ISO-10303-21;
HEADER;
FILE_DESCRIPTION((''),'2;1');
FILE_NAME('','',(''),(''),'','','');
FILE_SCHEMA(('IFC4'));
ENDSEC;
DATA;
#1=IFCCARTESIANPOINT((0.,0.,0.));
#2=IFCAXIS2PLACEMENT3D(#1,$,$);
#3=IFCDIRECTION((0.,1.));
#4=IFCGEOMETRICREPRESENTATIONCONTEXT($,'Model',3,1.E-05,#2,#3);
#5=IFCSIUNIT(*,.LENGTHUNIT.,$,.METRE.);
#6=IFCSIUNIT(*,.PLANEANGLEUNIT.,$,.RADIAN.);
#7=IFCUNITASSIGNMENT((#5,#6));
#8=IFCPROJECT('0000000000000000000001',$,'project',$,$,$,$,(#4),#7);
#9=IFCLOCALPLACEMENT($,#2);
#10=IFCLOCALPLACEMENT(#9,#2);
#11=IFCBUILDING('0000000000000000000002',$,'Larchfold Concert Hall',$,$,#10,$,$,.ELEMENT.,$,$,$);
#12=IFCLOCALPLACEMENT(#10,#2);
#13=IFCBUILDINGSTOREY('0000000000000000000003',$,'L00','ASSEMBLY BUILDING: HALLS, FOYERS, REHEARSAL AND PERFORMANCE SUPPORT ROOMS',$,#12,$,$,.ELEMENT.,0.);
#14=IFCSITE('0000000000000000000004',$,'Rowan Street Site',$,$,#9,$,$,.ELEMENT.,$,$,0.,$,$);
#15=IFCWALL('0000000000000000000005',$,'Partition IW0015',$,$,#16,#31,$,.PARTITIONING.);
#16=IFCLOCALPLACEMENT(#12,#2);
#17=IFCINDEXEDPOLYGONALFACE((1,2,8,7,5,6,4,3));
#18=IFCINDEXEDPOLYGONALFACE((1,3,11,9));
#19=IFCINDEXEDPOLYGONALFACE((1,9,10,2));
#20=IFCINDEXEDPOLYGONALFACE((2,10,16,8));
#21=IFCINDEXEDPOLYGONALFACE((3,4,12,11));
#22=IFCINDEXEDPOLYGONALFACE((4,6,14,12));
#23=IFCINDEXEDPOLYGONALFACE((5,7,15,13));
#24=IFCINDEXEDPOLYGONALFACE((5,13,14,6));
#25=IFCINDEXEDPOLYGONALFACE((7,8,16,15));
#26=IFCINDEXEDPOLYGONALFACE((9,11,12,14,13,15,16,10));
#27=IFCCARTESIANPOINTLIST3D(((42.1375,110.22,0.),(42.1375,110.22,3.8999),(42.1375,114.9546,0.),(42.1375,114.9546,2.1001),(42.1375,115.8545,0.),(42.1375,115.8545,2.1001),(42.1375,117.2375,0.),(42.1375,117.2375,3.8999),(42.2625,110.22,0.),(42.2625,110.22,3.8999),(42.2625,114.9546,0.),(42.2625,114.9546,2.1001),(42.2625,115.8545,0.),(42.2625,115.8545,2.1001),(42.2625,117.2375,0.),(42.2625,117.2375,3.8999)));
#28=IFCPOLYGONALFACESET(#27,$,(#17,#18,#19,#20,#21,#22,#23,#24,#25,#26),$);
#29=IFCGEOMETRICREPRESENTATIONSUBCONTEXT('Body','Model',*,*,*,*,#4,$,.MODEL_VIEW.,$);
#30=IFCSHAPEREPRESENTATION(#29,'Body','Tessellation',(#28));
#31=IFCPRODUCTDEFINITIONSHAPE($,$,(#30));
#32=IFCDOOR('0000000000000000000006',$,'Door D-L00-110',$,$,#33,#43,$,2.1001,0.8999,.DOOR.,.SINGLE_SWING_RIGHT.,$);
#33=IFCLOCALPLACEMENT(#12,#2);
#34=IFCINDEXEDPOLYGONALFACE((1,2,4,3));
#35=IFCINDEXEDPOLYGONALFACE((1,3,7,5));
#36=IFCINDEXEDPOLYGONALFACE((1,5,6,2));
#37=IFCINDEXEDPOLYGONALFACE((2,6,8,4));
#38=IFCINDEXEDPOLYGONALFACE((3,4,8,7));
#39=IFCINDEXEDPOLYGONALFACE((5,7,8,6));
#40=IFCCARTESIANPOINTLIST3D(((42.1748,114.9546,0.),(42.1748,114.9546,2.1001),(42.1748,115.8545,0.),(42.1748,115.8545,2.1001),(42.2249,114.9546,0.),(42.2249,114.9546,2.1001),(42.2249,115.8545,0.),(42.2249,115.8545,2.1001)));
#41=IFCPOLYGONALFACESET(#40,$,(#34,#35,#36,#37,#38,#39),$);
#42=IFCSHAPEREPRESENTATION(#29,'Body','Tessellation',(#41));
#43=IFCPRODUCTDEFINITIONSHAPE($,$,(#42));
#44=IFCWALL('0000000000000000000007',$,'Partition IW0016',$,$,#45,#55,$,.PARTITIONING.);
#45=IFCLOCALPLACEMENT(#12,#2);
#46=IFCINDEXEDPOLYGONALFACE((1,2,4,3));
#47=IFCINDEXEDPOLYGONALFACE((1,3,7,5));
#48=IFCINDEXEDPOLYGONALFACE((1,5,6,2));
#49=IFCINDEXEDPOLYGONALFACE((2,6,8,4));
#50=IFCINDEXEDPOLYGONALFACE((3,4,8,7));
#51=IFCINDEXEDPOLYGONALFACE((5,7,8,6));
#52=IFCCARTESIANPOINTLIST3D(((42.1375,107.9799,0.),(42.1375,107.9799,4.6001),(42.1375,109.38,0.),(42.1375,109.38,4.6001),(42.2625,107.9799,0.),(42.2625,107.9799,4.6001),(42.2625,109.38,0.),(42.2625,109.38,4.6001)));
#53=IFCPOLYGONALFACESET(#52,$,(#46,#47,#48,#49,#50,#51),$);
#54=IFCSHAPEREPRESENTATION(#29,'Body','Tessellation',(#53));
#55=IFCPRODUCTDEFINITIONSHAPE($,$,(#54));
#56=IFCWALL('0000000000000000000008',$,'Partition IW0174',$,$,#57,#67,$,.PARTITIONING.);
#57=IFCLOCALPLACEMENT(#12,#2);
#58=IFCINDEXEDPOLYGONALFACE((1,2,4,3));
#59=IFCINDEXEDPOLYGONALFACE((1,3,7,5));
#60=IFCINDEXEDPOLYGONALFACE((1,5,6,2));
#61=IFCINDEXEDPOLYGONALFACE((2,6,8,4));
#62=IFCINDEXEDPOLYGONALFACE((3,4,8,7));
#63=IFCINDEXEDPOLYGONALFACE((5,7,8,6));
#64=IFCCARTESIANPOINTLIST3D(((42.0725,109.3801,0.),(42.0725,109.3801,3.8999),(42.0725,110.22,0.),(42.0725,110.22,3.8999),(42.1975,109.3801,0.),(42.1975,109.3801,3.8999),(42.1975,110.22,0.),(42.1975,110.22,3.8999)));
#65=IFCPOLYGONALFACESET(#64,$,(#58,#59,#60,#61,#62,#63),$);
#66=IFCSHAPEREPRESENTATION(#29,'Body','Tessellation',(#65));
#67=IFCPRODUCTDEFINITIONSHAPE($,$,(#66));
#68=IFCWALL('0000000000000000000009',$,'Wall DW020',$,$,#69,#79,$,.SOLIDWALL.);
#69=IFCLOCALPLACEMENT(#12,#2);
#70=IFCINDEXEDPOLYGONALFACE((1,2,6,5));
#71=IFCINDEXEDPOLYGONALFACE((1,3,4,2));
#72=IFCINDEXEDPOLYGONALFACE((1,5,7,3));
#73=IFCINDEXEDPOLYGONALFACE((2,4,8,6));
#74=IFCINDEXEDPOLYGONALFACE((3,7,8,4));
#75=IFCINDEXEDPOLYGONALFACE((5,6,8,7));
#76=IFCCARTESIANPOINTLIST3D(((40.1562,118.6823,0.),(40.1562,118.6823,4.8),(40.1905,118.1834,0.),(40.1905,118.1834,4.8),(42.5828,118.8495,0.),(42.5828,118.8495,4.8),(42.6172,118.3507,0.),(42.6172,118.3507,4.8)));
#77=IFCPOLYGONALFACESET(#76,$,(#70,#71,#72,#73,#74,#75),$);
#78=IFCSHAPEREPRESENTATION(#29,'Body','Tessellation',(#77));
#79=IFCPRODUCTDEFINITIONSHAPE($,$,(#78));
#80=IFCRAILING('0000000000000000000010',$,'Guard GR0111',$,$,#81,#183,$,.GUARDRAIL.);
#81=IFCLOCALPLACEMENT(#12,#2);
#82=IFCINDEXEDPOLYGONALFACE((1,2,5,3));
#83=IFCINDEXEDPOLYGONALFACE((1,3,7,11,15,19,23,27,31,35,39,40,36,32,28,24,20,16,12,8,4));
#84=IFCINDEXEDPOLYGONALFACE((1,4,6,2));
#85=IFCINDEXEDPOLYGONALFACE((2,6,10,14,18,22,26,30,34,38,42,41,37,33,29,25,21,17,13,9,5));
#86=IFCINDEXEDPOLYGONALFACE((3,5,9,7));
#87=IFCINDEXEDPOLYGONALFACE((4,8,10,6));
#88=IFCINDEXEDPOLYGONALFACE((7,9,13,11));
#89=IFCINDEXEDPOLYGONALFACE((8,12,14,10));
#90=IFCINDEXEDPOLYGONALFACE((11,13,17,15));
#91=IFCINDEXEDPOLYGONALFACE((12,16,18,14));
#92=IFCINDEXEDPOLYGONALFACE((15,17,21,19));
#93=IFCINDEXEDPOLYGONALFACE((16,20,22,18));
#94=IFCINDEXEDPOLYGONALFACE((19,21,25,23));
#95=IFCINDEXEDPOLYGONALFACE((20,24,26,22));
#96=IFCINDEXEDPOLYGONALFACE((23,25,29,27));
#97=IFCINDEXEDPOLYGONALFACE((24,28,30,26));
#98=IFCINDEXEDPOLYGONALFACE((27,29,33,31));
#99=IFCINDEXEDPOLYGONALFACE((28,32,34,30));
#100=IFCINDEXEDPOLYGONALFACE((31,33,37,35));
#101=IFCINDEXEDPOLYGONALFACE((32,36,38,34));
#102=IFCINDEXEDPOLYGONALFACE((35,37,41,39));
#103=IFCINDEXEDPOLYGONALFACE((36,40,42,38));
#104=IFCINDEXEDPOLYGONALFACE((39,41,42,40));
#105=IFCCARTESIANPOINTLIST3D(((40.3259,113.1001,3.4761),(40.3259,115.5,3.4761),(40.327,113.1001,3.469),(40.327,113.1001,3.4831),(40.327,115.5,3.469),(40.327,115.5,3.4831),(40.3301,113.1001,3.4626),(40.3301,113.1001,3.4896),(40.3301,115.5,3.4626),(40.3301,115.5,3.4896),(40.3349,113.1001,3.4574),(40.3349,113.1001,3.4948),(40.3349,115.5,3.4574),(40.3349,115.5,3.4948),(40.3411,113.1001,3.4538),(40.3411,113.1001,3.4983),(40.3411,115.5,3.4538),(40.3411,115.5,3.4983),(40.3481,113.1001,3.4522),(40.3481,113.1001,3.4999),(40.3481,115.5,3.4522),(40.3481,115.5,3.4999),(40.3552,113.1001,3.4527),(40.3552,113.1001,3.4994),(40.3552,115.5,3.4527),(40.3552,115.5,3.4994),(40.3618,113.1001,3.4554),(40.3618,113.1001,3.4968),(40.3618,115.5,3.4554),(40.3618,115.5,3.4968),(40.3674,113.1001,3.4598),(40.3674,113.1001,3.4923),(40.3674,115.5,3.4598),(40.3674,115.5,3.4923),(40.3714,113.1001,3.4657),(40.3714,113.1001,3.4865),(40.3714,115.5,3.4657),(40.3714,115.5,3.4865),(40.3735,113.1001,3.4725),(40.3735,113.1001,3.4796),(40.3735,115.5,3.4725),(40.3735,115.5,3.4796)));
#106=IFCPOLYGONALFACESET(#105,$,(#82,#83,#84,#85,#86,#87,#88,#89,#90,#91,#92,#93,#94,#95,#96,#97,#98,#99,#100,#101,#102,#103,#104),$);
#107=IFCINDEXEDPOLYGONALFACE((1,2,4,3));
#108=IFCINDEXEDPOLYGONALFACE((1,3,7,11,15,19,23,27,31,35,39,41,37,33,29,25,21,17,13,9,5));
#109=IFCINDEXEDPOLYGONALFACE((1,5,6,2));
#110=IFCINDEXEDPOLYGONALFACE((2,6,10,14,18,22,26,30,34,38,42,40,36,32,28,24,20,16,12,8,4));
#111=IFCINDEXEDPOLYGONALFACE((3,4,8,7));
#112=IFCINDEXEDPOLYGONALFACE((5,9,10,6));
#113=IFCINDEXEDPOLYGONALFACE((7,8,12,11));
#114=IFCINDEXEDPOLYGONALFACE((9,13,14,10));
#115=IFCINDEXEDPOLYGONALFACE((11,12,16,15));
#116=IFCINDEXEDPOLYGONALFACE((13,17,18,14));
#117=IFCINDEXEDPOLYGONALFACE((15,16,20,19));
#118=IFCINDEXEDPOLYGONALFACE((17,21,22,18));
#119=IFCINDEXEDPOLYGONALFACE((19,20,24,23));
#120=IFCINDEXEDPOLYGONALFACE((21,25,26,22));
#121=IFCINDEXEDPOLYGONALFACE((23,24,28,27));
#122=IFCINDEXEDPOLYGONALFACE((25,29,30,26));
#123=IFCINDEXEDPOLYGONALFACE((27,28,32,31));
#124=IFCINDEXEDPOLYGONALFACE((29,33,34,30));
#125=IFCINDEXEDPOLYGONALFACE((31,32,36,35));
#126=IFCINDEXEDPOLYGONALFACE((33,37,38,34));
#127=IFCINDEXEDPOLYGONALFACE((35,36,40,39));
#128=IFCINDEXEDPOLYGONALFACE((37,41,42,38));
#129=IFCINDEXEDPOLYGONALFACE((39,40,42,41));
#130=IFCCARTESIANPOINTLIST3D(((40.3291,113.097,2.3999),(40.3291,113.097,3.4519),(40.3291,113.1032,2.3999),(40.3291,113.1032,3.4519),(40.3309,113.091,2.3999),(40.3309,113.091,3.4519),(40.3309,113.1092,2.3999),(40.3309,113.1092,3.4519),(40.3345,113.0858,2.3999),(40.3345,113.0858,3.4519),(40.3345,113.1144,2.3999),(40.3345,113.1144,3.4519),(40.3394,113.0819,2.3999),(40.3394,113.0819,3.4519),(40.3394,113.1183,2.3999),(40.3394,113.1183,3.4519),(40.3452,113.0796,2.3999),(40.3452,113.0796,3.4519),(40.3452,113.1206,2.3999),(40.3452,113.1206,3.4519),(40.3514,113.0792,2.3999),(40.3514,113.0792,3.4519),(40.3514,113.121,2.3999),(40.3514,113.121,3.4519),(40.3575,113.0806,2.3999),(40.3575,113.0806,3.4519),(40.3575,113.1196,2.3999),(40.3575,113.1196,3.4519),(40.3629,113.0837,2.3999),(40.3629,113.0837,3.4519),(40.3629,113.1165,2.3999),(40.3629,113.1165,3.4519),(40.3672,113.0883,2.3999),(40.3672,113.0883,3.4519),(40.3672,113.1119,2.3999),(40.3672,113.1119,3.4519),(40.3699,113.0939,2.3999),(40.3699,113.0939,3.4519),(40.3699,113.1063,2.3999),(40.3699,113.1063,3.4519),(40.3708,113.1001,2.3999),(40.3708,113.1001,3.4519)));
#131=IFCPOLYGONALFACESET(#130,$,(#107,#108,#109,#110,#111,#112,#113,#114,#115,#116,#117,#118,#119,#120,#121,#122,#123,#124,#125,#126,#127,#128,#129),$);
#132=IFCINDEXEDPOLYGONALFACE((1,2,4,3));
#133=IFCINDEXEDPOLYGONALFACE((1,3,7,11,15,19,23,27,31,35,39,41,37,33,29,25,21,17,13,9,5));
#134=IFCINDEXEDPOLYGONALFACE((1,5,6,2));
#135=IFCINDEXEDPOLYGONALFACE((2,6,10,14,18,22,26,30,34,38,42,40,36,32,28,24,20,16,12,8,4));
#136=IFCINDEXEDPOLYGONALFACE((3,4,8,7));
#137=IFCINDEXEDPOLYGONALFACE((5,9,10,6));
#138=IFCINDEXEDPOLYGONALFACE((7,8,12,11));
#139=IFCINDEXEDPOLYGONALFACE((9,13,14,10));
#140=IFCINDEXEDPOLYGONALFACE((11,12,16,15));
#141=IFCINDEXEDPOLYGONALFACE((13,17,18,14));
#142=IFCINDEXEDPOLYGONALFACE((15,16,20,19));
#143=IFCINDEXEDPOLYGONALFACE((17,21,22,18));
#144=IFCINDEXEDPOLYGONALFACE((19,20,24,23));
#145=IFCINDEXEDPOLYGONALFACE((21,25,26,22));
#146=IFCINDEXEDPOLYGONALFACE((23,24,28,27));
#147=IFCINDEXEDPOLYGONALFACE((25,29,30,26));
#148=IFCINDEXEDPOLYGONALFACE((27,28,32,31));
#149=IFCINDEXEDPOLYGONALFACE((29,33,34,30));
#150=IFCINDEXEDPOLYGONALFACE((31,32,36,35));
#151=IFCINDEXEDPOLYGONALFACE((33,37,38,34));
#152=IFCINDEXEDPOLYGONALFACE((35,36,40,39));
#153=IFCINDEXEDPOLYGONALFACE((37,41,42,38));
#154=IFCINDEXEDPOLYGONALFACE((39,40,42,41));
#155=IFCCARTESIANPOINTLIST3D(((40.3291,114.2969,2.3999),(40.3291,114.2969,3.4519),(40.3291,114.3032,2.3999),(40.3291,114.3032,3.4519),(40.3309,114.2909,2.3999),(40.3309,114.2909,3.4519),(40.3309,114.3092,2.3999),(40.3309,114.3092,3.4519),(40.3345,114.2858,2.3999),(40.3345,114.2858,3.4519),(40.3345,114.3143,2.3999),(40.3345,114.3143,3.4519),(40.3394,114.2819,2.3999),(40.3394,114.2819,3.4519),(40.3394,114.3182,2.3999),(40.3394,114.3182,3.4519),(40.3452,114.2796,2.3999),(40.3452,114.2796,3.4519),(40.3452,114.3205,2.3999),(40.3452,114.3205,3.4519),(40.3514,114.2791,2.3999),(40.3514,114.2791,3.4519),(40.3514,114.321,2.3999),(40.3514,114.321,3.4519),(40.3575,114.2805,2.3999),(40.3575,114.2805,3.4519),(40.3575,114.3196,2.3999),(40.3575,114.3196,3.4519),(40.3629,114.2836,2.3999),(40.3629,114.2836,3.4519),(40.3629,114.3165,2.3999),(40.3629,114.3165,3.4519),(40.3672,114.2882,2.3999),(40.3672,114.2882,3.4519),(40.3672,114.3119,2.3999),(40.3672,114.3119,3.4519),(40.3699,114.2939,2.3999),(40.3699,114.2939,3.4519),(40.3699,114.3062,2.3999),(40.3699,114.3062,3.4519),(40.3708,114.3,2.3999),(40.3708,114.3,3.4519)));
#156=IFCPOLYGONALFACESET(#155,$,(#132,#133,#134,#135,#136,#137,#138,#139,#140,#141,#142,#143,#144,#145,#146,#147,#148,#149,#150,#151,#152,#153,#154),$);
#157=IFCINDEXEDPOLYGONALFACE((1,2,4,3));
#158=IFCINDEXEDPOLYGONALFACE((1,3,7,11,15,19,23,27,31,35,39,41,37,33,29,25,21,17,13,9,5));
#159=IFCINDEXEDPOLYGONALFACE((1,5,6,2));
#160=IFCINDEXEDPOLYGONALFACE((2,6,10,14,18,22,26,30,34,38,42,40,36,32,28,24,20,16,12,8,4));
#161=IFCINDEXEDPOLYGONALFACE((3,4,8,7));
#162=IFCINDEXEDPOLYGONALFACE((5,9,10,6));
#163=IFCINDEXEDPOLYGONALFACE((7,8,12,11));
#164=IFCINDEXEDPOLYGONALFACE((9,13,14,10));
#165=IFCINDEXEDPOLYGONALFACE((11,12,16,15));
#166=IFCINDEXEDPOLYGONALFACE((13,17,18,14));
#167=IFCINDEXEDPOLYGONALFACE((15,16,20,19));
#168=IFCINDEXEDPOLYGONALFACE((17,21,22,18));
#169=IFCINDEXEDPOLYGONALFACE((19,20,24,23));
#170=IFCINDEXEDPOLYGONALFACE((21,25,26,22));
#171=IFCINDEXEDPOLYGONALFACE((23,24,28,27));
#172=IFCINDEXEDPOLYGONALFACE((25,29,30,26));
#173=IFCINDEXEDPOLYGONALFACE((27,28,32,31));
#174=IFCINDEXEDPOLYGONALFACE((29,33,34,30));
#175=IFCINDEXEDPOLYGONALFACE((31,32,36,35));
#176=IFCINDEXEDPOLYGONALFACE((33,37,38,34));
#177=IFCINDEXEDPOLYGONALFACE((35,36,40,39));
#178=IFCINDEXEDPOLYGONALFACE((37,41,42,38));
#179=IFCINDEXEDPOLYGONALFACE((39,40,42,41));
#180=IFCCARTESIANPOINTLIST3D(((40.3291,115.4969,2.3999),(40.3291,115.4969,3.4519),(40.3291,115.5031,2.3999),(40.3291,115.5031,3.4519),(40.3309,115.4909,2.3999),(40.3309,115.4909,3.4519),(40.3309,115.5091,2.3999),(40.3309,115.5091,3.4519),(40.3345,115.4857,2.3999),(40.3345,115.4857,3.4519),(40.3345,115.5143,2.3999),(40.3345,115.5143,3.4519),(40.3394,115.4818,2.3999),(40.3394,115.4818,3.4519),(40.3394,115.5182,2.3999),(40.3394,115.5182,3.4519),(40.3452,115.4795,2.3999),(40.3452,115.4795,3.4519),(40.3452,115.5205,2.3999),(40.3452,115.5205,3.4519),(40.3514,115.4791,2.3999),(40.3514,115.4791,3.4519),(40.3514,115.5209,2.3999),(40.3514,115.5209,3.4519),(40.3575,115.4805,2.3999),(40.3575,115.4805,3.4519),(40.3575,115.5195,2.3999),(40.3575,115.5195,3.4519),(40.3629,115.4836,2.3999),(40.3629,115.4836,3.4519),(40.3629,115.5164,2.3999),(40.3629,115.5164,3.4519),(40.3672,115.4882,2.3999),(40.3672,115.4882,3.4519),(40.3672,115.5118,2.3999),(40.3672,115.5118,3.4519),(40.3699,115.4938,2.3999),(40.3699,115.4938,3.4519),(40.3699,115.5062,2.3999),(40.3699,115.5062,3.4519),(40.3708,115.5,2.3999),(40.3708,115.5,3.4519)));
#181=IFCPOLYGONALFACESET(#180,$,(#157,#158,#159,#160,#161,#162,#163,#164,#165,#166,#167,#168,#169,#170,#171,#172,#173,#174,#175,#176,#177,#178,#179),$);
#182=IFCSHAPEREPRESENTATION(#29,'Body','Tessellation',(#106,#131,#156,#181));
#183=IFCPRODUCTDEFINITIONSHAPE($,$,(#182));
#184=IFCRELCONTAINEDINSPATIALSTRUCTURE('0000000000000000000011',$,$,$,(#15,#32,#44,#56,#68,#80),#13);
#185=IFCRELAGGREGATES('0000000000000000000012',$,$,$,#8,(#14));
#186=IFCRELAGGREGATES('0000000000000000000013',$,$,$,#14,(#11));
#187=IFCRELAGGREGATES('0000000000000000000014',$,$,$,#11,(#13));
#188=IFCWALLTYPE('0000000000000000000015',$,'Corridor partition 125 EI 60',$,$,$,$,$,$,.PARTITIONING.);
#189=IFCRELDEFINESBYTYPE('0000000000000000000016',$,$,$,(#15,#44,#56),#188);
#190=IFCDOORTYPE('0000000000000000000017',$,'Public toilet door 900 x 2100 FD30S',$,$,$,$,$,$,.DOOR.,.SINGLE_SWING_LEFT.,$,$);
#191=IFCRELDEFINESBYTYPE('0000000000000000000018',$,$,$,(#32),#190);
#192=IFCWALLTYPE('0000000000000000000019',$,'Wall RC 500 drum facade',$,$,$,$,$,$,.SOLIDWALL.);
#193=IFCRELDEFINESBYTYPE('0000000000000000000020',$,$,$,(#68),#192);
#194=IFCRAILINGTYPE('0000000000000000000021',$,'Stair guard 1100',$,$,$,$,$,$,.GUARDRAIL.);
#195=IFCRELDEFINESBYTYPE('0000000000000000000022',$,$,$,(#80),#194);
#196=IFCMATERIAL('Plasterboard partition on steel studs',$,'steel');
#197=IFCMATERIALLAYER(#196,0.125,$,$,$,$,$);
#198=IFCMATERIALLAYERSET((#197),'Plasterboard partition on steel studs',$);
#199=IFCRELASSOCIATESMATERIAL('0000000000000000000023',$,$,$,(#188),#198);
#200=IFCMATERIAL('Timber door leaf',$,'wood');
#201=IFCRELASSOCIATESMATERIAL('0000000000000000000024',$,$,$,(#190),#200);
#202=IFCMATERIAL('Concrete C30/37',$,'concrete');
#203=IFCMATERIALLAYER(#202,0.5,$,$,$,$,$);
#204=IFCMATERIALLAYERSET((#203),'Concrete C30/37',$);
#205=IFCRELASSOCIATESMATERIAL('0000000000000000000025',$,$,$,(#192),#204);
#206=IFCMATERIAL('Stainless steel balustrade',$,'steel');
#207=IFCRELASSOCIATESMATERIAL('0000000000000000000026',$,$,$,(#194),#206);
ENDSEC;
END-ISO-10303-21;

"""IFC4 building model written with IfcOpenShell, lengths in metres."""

from ifc_helpers import new_model, si_unit, direction, frame, frame_2d, origin, origin_2d, place, context, subcontext, project, spatial, rectangle, circle, extrude, material, layer, layer_set, type_object, element, fill, save


model = new_model("IFC4")

# Units and contexts
model_context = context("Model", 3, precision=1e-05, world=origin(), true_north=direction((0.0, 1.0)))
body_context = subcontext(model_context, "Body", "Model", "MODEL_VIEW")
ifc_project = project(units=[si_unit("LENGTHUNIT", "METRE"), si_unit("PLANEANGLEUNIT", "RADIAN")], contexts=[model_context])

# Site, building, storey
site_placement = place(None, origin())
site = spatial("IfcSite", under=ifc_project, at=site_placement, Name="Rowan Street Site", CompositionType="ELEMENT", RefElevation=0.0)
building_placement = place(site_placement, origin())
building = spatial("IfcBuilding", under=site, at=building_placement, Name="Larchfold Concert Hall", CompositionType="ELEMENT")
storey_placement = place(building_placement, origin())
storey = spatial("IfcBuildingStorey", under=building, at=storey_placement, Name="L00", Description="ASSEMBLY BUILDING: HALLS, FOYERS, REHEARSAL AND PERFORMANCE SUPPORT ROOMS", CompositionType="ELEMENT", Elevation=0.0)

# Wall, opening, door
ifc_material_1 = material(Name="Plasterboard partition on steel studs", Category="steel")
ifc_layer_1 = layer(ifc_material_1, 0.125)
ifc_layer_set_1 = layer_set([ifc_layer_1], Name="Plasterboard partition on steel studs")
wall_type_1 = type_object("IfcWallType", Name="Corridor partition 125 EI 60", PredefinedType="PARTITIONING", material=ifc_layer_set_1)
wall_1_placement = place(storey_placement, frame((42.2, 117.2375, 0.0), z_axis=(0.0, 0.0, 1.0), x_axis=(0.0, -1.0, 0.0)))
wall_1 = element("IfcWall", 1, at=wall_1_placement, inside=storey, type_object=wall_type_1, Name="Partition IW0015", PredefinedType="PARTITIONING", context=body_context, shape_type="SweptSolid", body=[
    extrude(rectangle(XDim=7.0176, YDim=0.125, at=frame_2d((3.5088, 0.0))), origin(), (0.0, 0.0, 1.0), 3.8999),
])
opening_placement = place(wall_1_placement, frame((1.3831, 0.0, 0.0)))
opening = element("IfcOpeningElement", 2, at=opening_placement, cuts=wall_1, PredefinedType="OPENING", context=body_context, shape_type="SweptSolid", body=[
    extrude(rectangle(XDim=0.8999, YDim=2.1001, at=frame_2d((0.45, 1.05))), frame((0.0, 0.0725, 0.0), z_axis=(0.0, -1.0, 0.0), x_axis=(1.0, 0.0, 0.0)), (0.0, 0.0, 1.0), 0.145),
])
ifc_material_2 = material(Name="Timber door leaf", Category="wood")
door_type = type_object("IfcDoorType", Name="Public toilet door 900 x 2100 FD30S", OperationType="SINGLE_SWING_LEFT", PredefinedType="DOOR", material=ifc_material_2)
door_placement = place(opening_placement, origin())
door = element("IfcDoor", 3, at=door_placement, inside=storey, type_object=door_type, Name="Door D-L00-110", OperationType="SINGLE_SWING_RIGHT", OverallHeight=2.1001, OverallWidth=0.8999, PredefinedType="DOOR", context=body_context, shape_type="SweptSolid", body=[
    extrude(rectangle(XDim=0.8999, YDim=2.1001, at=frame_2d((0.45, 1.05))), frame((0.0, 0.0249, 0.0), z_axis=(0.0, -1.0, 0.0), x_axis=(1.0, 0.0, 0.0)), (0.0, 0.0, 1.0), 0.05),
])
fill(opening, door)

# Walls
wall_2_placement = place(storey_placement, frame((42.2, 109.3801, 0.0), z_axis=(0.0, 0.0, 1.0), x_axis=(0.0, -1.0, 0.0)))
element("IfcWall", 4, at=wall_2_placement, inside=storey, type_object=wall_type_1, Name="Partition IW0016", PredefinedType="PARTITIONING", context=body_context, shape_type="SweptSolid", body=[
    extrude(rectangle(XDim=1.4001, YDim=0.125, at=frame_2d((0.7002, 0.0))), origin(), (0.0, 0.0, 1.0), 4.6001),
])
wall_3_placement = place(storey_placement, frame((42.135, 110.22, 0.0), z_axis=(0.0, 0.0, 1.0), x_axis=(0.0, -1.0, 0.0)))
element("IfcWall", 5, at=wall_3_placement, inside=storey, type_object=wall_type_1, Name="Partition IW0174", PredefinedType="PARTITIONING", context=body_context, shape_type="SweptSolid", body=[
    extrude(rectangle(XDim=0.8398, YDim=0.125, at=frame_2d((0.4199, 0.0))), origin(), (0.0, 0.0, 1.0), 3.8999),
])
ifc_material_3 = material(Name="Concrete C30/37", Category="concrete")
ifc_layer_2 = layer(ifc_material_3, 0.5)
ifc_layer_set_2 = layer_set([ifc_layer_2], Name="Concrete C30/37")
wall_type_2 = type_object("IfcWallType", Name="Wall RC 500 drum facade", PredefinedType="SOLIDWALL", material=ifc_layer_set_2)
wall_4_placement = place(storey_placement, frame((42.6001, 118.6001, 0.0), z_axis=(0.0, 0.0, 1.0), x_axis=(-0.997633, -0.068757, 0.0)))
element("IfcWall", 6, at=wall_4_placement, inside=storey, type_object=wall_type_2, Name="Wall DW020", PredefinedType="SOLIDWALL", context=body_context, shape_type="SweptSolid", body=[
    extrude(rectangle(XDim=2.4324, YDim=0.5, at=frame_2d((1.2163, 0.0))), origin(), (0.0, 0.0, 1.0), 4.8),
])

# Railing
ifc_material_4 = material(Name="Stainless steel balustrade", Category="steel")
railing_type = type_object("IfcRailingType", Name="Stair guard 1100", PredefinedType="GUARDRAIL", material=ifc_material_4)
railing_1_placement = place(storey_placement, frame((40.3499, 113.1001, 2.3999)))
element("IfcRailing", 7, at=railing_1_placement, inside=storey, type_object=railing_type, Name="Guard GR0111", PredefinedType="GUARDRAIL", context=body_context, shape_type="SweptSolid", body=[
    extrude(circle(Radius=0.0239, at=origin_2d()), frame((0.0, 0.0, 1.0762), z_axis=(0.0, 1.0, 0.0), x_axis=(-1.0, 0.0, 0.0)), (0.0, 0.0, 1.0), 2.3999),
    extrude(circle(Radius=0.021, at=origin_2d()), origin(), (0.0, 0.0, 1.0), 1.052),
    extrude(circle(Radius=0.021, at=origin_2d()), frame((0.0, 1.2, 0.0)), (0.0, 0.0, 1.0), 1.052),
    extrude(circle(Radius=0.021, at=origin_2d()), frame((0.0, 2.3999, 0.0)), (0.0, 0.0, 1.0), 1.052),
])

save(model, "model.ifc")
